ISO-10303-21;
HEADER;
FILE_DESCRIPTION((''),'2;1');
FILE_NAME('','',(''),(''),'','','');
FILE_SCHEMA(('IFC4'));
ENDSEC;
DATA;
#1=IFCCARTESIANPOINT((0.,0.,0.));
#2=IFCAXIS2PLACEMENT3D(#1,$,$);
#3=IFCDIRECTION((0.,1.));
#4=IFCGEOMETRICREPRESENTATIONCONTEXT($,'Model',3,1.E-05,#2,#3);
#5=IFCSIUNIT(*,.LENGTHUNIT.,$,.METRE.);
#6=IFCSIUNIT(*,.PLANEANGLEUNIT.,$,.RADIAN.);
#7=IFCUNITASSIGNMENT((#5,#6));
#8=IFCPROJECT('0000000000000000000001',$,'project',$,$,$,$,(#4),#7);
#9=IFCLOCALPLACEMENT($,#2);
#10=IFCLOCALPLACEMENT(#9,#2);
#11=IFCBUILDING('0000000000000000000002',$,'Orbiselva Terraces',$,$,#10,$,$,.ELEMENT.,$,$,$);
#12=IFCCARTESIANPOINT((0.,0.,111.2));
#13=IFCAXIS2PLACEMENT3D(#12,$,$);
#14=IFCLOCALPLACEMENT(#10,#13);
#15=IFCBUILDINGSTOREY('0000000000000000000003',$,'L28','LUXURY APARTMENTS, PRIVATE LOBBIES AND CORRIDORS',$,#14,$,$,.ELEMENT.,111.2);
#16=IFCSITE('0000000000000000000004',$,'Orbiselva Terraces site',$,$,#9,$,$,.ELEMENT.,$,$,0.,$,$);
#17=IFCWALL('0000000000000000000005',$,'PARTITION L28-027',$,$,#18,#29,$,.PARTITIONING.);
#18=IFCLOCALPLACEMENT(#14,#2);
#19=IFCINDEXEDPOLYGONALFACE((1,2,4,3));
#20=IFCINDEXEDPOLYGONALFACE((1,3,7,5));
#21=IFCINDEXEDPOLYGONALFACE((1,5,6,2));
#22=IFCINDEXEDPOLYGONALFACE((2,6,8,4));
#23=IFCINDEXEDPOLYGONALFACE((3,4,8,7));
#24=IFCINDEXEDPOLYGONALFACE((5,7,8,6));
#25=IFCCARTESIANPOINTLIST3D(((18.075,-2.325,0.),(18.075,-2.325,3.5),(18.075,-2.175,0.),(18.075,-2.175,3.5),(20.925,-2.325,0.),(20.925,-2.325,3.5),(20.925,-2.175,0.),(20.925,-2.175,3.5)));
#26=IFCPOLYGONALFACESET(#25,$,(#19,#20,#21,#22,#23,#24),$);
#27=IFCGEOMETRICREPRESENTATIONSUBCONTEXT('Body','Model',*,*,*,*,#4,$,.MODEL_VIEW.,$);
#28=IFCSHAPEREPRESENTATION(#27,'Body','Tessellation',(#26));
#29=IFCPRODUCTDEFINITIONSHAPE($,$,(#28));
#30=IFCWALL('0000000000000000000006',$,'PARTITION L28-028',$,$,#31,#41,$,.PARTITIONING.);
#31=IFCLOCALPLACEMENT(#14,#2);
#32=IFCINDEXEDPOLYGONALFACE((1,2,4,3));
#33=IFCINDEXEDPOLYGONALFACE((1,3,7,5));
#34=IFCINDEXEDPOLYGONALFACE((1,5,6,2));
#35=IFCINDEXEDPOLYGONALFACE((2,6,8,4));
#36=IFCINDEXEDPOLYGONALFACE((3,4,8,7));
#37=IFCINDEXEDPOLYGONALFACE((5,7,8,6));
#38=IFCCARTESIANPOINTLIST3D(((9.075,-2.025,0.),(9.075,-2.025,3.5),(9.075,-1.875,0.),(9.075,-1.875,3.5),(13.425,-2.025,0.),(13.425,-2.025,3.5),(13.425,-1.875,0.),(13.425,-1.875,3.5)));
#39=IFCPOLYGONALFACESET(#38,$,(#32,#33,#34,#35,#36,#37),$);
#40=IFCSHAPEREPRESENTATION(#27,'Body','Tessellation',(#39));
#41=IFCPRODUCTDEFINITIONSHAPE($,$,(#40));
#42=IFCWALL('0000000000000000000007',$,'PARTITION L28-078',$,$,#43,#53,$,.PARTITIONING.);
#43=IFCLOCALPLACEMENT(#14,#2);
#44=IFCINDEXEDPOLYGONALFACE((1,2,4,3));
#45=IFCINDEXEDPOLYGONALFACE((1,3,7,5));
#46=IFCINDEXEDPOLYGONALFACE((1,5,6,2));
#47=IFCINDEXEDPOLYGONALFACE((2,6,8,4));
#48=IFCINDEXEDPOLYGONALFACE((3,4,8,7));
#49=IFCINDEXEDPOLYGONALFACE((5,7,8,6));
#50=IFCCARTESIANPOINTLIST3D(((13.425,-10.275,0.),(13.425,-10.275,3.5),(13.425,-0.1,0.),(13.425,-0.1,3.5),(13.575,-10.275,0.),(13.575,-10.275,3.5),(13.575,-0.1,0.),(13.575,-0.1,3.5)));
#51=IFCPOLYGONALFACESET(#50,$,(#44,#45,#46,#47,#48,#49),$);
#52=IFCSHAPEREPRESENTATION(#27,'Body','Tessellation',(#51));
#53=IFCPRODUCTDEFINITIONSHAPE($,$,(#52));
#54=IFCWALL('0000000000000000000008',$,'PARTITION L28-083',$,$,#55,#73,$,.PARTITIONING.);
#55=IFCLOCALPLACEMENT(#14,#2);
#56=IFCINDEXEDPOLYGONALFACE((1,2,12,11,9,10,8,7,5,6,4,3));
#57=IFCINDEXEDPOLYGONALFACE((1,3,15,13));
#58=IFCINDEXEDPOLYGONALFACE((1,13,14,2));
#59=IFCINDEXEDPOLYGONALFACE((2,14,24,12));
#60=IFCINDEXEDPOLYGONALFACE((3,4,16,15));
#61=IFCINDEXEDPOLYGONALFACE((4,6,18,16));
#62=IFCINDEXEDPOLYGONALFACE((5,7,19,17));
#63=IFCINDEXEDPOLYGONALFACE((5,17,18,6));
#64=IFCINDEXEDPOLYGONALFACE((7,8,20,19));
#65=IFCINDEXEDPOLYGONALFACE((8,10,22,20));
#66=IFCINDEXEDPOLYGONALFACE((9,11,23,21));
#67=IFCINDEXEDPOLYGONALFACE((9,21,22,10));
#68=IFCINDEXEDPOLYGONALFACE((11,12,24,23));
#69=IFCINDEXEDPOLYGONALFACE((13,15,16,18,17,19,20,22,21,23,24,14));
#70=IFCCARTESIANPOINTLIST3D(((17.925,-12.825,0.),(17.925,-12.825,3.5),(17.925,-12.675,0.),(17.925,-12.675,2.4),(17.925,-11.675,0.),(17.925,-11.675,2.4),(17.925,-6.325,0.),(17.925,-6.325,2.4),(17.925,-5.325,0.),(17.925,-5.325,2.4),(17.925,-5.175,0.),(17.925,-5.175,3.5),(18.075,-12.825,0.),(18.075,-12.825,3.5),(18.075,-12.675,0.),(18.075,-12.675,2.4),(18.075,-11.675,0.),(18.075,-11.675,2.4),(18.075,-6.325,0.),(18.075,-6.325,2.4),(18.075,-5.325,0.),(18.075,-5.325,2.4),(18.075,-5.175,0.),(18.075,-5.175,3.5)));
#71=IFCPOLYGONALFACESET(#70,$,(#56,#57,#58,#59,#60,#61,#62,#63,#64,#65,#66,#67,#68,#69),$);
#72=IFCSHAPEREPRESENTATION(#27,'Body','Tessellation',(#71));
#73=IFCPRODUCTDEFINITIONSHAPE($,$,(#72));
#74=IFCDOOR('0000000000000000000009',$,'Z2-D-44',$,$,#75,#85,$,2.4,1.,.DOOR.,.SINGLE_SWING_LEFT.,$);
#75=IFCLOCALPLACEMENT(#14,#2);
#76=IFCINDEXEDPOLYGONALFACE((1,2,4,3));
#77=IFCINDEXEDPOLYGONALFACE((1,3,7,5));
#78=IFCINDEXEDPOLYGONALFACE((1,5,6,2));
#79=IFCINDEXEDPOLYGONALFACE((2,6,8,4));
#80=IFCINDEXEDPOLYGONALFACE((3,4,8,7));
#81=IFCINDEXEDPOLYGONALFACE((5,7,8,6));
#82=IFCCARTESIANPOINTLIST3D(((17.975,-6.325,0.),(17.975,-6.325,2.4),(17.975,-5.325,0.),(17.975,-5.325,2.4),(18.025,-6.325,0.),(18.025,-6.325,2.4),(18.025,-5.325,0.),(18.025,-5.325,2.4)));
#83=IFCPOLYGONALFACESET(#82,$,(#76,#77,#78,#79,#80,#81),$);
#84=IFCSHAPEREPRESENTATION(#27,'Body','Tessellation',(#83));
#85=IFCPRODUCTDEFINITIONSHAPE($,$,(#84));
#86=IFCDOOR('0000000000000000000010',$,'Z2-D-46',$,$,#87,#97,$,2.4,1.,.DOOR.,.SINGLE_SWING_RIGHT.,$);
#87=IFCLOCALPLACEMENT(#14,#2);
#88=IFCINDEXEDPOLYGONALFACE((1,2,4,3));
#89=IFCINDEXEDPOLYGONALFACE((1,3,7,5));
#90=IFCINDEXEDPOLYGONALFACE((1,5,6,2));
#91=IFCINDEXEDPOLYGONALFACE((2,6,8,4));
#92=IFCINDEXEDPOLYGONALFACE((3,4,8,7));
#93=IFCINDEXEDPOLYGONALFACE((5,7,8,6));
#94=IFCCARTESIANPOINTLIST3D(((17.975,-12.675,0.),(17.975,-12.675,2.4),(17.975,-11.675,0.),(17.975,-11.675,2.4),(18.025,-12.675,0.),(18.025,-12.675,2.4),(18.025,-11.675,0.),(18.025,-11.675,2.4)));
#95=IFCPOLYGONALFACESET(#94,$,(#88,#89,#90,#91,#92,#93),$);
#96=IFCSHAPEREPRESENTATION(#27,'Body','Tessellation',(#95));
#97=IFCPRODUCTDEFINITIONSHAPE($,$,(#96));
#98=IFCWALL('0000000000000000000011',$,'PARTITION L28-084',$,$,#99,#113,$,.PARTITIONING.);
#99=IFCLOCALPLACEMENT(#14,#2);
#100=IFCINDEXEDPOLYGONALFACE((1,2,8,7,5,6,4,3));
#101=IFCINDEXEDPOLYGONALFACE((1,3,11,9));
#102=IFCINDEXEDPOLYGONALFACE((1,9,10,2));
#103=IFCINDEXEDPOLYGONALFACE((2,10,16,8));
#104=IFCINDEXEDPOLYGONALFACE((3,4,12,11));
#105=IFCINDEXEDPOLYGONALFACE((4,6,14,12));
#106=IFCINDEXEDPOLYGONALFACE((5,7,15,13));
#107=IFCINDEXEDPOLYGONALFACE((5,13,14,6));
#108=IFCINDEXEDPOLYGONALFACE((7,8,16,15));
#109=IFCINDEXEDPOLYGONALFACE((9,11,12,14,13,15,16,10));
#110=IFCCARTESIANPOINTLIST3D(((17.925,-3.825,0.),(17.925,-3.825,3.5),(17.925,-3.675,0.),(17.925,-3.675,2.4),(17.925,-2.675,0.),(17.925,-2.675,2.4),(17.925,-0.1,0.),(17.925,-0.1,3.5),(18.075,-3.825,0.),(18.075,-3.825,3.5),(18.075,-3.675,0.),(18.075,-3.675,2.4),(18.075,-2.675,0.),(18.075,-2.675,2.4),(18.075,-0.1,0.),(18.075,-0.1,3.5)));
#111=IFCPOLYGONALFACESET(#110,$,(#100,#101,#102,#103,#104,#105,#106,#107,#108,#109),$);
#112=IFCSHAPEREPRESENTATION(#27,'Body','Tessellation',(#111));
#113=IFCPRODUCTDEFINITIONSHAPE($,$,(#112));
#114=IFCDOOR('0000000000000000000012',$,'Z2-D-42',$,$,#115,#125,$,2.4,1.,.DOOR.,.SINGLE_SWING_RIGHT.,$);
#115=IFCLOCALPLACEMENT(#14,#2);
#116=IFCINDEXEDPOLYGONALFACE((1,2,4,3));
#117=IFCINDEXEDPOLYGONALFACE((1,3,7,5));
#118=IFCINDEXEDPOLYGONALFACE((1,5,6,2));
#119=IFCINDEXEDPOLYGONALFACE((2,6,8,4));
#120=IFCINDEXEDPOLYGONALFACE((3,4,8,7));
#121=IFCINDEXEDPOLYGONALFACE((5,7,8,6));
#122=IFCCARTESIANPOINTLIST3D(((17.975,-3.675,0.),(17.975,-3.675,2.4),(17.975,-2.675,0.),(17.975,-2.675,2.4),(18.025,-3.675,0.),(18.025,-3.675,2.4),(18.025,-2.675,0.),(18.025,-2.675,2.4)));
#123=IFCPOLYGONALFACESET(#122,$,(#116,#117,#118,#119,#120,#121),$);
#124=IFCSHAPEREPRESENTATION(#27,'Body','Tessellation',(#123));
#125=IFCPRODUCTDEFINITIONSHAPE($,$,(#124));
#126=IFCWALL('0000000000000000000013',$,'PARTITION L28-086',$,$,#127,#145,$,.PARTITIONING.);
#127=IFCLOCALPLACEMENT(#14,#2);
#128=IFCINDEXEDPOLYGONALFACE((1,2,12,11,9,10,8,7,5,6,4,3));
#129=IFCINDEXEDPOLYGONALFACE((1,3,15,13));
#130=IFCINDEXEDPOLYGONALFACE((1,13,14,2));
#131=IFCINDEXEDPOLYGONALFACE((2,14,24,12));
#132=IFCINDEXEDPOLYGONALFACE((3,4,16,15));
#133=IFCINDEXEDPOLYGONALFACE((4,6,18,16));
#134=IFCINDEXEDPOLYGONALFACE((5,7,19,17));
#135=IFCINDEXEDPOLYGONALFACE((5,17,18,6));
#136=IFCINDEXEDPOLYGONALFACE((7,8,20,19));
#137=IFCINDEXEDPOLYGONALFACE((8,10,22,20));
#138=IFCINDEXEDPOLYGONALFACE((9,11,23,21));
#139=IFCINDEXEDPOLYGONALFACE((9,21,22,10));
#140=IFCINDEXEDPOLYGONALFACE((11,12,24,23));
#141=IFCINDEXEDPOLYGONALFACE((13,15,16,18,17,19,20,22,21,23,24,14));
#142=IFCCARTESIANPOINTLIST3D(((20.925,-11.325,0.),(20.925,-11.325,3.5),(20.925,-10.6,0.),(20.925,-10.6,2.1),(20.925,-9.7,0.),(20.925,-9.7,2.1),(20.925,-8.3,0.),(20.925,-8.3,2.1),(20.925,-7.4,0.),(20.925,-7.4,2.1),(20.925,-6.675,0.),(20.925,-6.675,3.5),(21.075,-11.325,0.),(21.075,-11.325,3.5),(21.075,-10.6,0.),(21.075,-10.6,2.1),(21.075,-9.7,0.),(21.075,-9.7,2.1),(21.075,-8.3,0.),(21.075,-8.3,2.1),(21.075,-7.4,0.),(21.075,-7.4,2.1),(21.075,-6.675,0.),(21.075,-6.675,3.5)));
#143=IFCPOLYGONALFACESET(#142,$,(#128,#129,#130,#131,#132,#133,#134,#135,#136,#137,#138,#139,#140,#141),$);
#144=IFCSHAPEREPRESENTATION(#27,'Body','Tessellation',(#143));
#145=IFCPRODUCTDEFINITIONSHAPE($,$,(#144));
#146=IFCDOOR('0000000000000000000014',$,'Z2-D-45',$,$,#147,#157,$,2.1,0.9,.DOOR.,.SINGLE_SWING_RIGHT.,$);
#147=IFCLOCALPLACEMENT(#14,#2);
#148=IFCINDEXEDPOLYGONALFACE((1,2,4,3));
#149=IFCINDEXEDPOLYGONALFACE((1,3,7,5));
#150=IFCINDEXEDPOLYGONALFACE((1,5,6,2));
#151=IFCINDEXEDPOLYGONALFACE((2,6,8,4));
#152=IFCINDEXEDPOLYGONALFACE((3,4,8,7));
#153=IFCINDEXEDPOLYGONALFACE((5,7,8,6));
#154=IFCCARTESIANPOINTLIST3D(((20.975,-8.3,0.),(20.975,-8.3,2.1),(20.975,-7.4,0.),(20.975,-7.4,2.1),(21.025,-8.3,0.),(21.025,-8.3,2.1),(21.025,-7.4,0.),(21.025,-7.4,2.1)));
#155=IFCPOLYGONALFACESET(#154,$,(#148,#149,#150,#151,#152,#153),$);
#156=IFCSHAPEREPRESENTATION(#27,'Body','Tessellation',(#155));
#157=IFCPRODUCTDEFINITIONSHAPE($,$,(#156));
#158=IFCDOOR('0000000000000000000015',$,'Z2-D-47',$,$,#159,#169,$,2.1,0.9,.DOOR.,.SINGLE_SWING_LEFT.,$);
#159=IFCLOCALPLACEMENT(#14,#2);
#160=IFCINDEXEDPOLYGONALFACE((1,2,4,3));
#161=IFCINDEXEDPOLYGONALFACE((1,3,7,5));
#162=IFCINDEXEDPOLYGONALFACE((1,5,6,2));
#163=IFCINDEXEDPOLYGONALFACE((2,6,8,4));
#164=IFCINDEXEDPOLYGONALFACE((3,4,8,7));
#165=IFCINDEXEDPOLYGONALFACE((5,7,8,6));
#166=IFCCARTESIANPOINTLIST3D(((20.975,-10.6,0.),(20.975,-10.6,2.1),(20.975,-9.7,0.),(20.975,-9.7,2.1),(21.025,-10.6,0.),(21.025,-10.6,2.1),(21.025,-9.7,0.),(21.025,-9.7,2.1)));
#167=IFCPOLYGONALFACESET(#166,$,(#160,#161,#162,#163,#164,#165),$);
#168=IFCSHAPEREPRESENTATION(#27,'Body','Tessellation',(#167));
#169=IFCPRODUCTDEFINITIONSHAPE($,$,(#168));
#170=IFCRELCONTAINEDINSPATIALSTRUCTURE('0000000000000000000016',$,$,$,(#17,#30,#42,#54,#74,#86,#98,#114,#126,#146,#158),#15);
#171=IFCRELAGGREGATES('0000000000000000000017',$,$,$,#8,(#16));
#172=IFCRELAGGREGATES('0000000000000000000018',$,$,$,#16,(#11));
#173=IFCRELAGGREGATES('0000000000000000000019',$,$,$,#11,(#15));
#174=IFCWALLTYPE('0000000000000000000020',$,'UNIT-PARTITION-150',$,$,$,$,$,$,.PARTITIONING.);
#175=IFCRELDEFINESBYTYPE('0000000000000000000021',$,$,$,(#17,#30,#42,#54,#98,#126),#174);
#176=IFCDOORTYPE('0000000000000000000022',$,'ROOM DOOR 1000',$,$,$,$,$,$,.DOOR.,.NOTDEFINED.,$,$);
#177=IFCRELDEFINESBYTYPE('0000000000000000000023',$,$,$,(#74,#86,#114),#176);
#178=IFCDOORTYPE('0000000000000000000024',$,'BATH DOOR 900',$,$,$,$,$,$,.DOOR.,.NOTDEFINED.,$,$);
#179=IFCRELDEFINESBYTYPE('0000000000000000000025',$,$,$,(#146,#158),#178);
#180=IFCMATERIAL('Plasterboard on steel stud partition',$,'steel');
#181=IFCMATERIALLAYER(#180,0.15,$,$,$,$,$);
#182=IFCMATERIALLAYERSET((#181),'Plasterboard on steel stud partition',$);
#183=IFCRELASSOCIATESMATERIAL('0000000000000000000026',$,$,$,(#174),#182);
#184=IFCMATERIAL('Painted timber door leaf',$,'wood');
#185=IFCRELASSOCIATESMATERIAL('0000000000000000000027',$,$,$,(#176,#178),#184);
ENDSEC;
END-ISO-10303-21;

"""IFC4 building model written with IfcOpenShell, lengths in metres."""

from ifc_helpers import new_model, si_unit, direction, frame, frame_2d, origin, place, context, subcontext, project, spatial, rectangle, extrude, material, layer, layer_set, type_object, element, fill, save


model = new_model("IFC4")

# Units and contexts
model_context = context("Model", 3, precision=1e-05, world=origin(), true_north=direction((0.0, 1.0)))
body_context = subcontext(model_context, "Body", "Model", "MODEL_VIEW")
ifc_project = project(units=[si_unit("LENGTHUNIT", "METRE"), si_unit("PLANEANGLEUNIT", "RADIAN")], contexts=[model_context])

# Site, building, storey
site_placement = place(None, origin())
site = spatial("IfcSite", under=ifc_project, at=site_placement, Name="Orbiselva Terraces site", CompositionType="ELEMENT", RefElevation=0.0)
building_placement = place(site_placement, origin())
building = spatial("IfcBuilding", under=site, at=building_placement, Name="Orbiselva Terraces", CompositionType="ELEMENT")
storey_placement = place(building_placement, frame((0.0, 0.0, 111.2)))
storey = spatial("IfcBuildingStorey", under=building, at=storey_placement, Name="L28", Description="LUXURY APARTMENTS, PRIVATE LOBBIES AND CORRIDORS", CompositionType="ELEMENT", Elevation=111.2)

# Walls
ifc_material_1 = material(Name="Plasterboard on steel stud partition", Category="steel")
ifc_layer_1 = layer(ifc_material_1, 0.15)
ifc_layer_set_1 = layer_set([ifc_layer_1], Name="Plasterboard on steel stud partition")
wall_type_1 = type_object("IfcWallType", Name="UNIT-PARTITION-150", PredefinedType="PARTITIONING", material=ifc_layer_set_1)
wall_1_placement = place(storey_placement, frame((18.075, -2.25, 0.0), z_axis=(0.0, 0.0, 1.0), x_axis=(1.0, 0.0, 0.0)))
element("IfcWall", 1, at=wall_1_placement, inside=storey, type_object=wall_type_1, Name="PARTITION L28-027", PredefinedType="PARTITIONING", context=body_context, shape_type="SweptSolid", body=[
    extrude(rectangle(XDim=2.85, YDim=0.15, at=frame_2d((1.425, 0.0))), origin(), (0.0, 0.0, 1.0), 3.5),
])
wall_2_placement = place(storey_placement, frame((9.075, -1.95, 0.0), z_axis=(0.0, 0.0, 1.0), x_axis=(1.0, 0.0, 0.0)))
element("IfcWall", 2, at=wall_2_placement, inside=storey, type_object=wall_type_1, Name="PARTITION L28-028", PredefinedType="PARTITIONING", context=body_context, shape_type="SweptSolid", body=[
    extrude(rectangle(XDim=4.35, YDim=0.15, at=frame_2d((2.175, 0.0))), origin(), (0.0, 0.0, 1.0), 3.5),
])
wall_3_placement = place(storey_placement, frame((13.5, -10.275, 0.0), z_axis=(0.0, 0.0, 1.0), x_axis=(0.0, 1.0, 0.0)))
element("IfcWall", 3, at=wall_3_placement, inside=storey, type_object=wall_type_1, Name="PARTITION L28-078", PredefinedType="PARTITIONING", context=body_context, shape_type="SweptSolid", body=[
    extrude(rectangle(XDim=10.175, YDim=0.15, at=frame_2d((5.0875, 0.0))), origin(), (0.0, 0.0, 1.0), 3.5),
])

# Wall, openings, doors
wall_4_placement = place(storey_placement, frame((18.0, -5.175, 0.0), z_axis=(0.0, 0.0, 1.0), x_axis=(0.0, -1.0, 0.0)))
wall_4 = element("IfcWall", 4, at=wall_4_placement, inside=storey, type_object=wall_type_1, Name="PARTITION L28-083", PredefinedType="PARTITIONING", context=body_context, shape_type="SweptSolid", body=[
    extrude(rectangle(XDim=7.65, YDim=0.15, at=frame_2d((3.825, 0.0))), origin(), (0.0, 0.0, 1.0), 3.5),
])
opening_1_placement = place(wall_4_placement, frame((0.15, 0.0, 0.0)))
opening_1 = element("IfcOpeningElement", 5, at=opening_1_placement, cuts=wall_4, PredefinedType="OPENING", context=body_context, shape_type="SweptSolid", body=[
    extrude(rectangle(XDim=1.0, YDim=2.4, at=frame_2d((0.5, 1.2))), frame((0.0, 0.085, 0.0), z_axis=(0.0, -1.0, 0.0), x_axis=(1.0, 0.0, 0.0)), (0.0, 0.0, 1.0), 0.17),
])
opening_2_placement = place(wall_4_placement, frame((6.5, 0.0, 0.0)))
opening_2 = element("IfcOpeningElement", 6, at=opening_2_placement, cuts=wall_4, PredefinedType="OPENING", context=body_context, shape_type="SweptSolid", body=[
    extrude(rectangle(XDim=1.0, YDim=2.4, at=frame_2d((0.5, 1.2))), frame((0.0, 0.085, 0.0), z_axis=(0.0, -1.0, 0.0), x_axis=(1.0, 0.0, 0.0)), (0.0, 0.0, 1.0), 0.17),
])
ifc_material_2 = material(Name="Painted timber door leaf", Category="wood")
door_type_1 = type_object("IfcDoorType", Name="ROOM DOOR 1000", OperationType="NOTDEFINED", PredefinedType="DOOR", material=ifc_material_2)
door_1_placement = place(opening_1_placement, origin())
door_1 = element("IfcDoor", 7, at=door_1_placement, inside=storey, type_object=door_type_1, Name="Z2-D-44", OperationType="SINGLE_SWING_LEFT", OverallHeight=2.4, OverallWidth=1.0, PredefinedType="DOOR", context=body_context, shape_type="SweptSolid", body=[
    extrude(rectangle(XDim=1.0, YDim=2.4, at=frame_2d((0.5, 1.2))), frame((0.0, 0.025, 0.0), z_axis=(0.0, -1.0, 0.0), x_axis=(1.0, 0.0, 0.0)), (0.0, 0.0, 1.0), 0.05),
])
fill(opening_1, door_1)
door_2_placement = place(opening_2_placement, origin())
door_2 = element("IfcDoor", 8, at=door_2_placement, inside=storey, type_object=door_type_1, Name="Z2-D-46", OperationType="SINGLE_SWING_RIGHT", OverallHeight=2.4, OverallWidth=1.0, PredefinedType="DOOR", context=body_context, shape_type="SweptSolid", body=[
    extrude(rectangle(XDim=1.0, YDim=2.4, at=frame_2d((0.5, 1.2))), frame((0.0, 0.025, 0.0), z_axis=(0.0, -1.0, 0.0), x_axis=(1.0, 0.0, 0.0)), (0.0, 0.0, 1.0), 0.05),
])
fill(opening_2, door_2)

# Wall, opening, door
wall_5_placement = place(storey_placement, frame((18.0, -0.1, 0.0), z_axis=(0.0, 0.0, 1.0), x_axis=(0.0, -1.0, 0.0)))
wall_5 = element("IfcWall", 9, at=wall_5_placement, inside=storey, type_object=wall_type_1, Name="PARTITION L28-084", PredefinedType="PARTITIONING", context=body_context, shape_type="SweptSolid", body=[
    extrude(rectangle(XDim=3.725, YDim=0.15, at=frame_2d((1.8625, 0.0))), origin(), (0.0, 0.0, 1.0), 3.5),
])
opening_3_placement = place(wall_5_placement, frame((2.575, 0.0, 0.0)))
opening_3 = element("IfcOpeningElement", 10, at=opening_3_placement, cuts=wall_5, PredefinedType="OPENING", context=body_context, shape_type="SweptSolid", body=[
    extrude(rectangle(XDim=1.0, YDim=2.4, at=frame_2d((0.5, 1.2))), frame((0.0, 0.085, 0.0), z_axis=(0.0, -1.0, 0.0), x_axis=(1.0, 0.0, 0.0)), (0.0, 0.0, 1.0), 0.17),
])
door_3_placement = place(opening_3_placement, origin())
door_3 = element("IfcDoor", 11, at=door_3_placement, inside=storey, type_object=door_type_1, Name="Z2-D-42", OperationType="SINGLE_SWING_RIGHT", OverallHeight=2.4, OverallWidth=1.0, PredefinedType="DOOR", context=body_context, shape_type="SweptSolid", body=[
    extrude(rectangle(XDim=1.0, YDim=2.4, at=frame_2d((0.5, 1.2))), frame((0.0, 0.025, 0.0), z_axis=(0.0, -1.0, 0.0), x_axis=(1.0, 0.0, 0.0)), (0.0, 0.0, 1.0), 0.05),
])
fill(opening_3, door_3)

# Wall, openings, doors
wall_6_placement = place(storey_placement, frame((21.0, -11.325, 0.0), z_axis=(0.0, 0.0, 1.0), x_axis=(0.0, 1.0, 0.0)))
wall_6 = element("IfcWall", 12, at=wall_6_placement, inside=storey, type_object=wall_type_1, Name="PARTITION L28-086", PredefinedType="PARTITIONING", context=body_context, shape_type="SweptSolid", body=[
    extrude(rectangle(XDim=4.65, YDim=0.15, at=frame_2d((2.325, 0.0))), origin(), (0.0, 0.0, 1.0), 3.5),
])
opening_4_placement = place(wall_6_placement, frame((3.025, 0.0, 0.0)))
opening_4 = element("IfcOpeningElement", 13, at=opening_4_placement, cuts=wall_6, PredefinedType="OPENING", context=body_context, shape_type="SweptSolid", body=[
    extrude(rectangle(XDim=0.9, YDim=2.1, at=frame_2d((0.45, 1.05))), frame((0.0, 0.085, 0.0), z_axis=(0.0, -1.0, 0.0), x_axis=(1.0, 0.0, 0.0)), (0.0, 0.0, 1.0), 0.17),
])
opening_5_placement = place(wall_6_placement, frame((0.725, 0.0, 0.0)))
opening_5 = element("IfcOpeningElement", 14, at=opening_5_placement, cuts=wall_6, PredefinedType="OPENING", context=body_context, shape_type="SweptSolid", body=[
    extrude(rectangle(XDim=0.9, YDim=2.1, at=frame_2d((0.45, 1.05))), frame((0.0, 0.085, 0.0), z_axis=(0.0, -1.0, 0.0), x_axis=(1.0, 0.0, 0.0)), (0.0, 0.0, 1.0), 0.17),
])
door_type_2 = type_object("IfcDoorType", Name="BATH DOOR 900", OperationType="NOTDEFINED", PredefinedType="DOOR", material=ifc_material_2)
door_4_placement = place(opening_4_placement, origin())
door_4 = element("IfcDoor", 15, at=door_4_placement, inside=storey, type_object=door_type_2, Name="Z2-D-45", OperationType="SINGLE_SWING_RIGHT", OverallHeight=2.1, OverallWidth=0.9, PredefinedType="DOOR", context=body_context, shape_type="SweptSolid", body=[
    extrude(rectangle(XDim=0.9, YDim=2.1, at=frame_2d((0.45, 1.05))), frame((0.0, 0.025, 0.0), z_axis=(0.0, -1.0, 0.0), x_axis=(1.0, 0.0, 0.0)), (0.0, 0.0, 1.0), 0.05),
])
fill(opening_4, door_4)
door_5_placement = place(opening_5_placement, origin())
door_5 = element("IfcDoor", 16, at=door_5_placement, inside=storey, type_object=door_type_2, Name="Z2-D-47", OperationType="SINGLE_SWING_LEFT", OverallHeight=2.1, OverallWidth=0.9, PredefinedType="DOOR", context=body_context, shape_type="SweptSolid", body=[
    extrude(rectangle(XDim=0.9, YDim=2.1, at=frame_2d((0.45, 1.05))), frame((0.0, 0.025, 0.0), z_axis=(0.0, -1.0, 0.0), x_axis=(1.0, 0.0, 0.0)), (0.0, 0.0, 1.0), 0.05),
])
fill(opening_5, door_5)

save(model, "model.ifc")
